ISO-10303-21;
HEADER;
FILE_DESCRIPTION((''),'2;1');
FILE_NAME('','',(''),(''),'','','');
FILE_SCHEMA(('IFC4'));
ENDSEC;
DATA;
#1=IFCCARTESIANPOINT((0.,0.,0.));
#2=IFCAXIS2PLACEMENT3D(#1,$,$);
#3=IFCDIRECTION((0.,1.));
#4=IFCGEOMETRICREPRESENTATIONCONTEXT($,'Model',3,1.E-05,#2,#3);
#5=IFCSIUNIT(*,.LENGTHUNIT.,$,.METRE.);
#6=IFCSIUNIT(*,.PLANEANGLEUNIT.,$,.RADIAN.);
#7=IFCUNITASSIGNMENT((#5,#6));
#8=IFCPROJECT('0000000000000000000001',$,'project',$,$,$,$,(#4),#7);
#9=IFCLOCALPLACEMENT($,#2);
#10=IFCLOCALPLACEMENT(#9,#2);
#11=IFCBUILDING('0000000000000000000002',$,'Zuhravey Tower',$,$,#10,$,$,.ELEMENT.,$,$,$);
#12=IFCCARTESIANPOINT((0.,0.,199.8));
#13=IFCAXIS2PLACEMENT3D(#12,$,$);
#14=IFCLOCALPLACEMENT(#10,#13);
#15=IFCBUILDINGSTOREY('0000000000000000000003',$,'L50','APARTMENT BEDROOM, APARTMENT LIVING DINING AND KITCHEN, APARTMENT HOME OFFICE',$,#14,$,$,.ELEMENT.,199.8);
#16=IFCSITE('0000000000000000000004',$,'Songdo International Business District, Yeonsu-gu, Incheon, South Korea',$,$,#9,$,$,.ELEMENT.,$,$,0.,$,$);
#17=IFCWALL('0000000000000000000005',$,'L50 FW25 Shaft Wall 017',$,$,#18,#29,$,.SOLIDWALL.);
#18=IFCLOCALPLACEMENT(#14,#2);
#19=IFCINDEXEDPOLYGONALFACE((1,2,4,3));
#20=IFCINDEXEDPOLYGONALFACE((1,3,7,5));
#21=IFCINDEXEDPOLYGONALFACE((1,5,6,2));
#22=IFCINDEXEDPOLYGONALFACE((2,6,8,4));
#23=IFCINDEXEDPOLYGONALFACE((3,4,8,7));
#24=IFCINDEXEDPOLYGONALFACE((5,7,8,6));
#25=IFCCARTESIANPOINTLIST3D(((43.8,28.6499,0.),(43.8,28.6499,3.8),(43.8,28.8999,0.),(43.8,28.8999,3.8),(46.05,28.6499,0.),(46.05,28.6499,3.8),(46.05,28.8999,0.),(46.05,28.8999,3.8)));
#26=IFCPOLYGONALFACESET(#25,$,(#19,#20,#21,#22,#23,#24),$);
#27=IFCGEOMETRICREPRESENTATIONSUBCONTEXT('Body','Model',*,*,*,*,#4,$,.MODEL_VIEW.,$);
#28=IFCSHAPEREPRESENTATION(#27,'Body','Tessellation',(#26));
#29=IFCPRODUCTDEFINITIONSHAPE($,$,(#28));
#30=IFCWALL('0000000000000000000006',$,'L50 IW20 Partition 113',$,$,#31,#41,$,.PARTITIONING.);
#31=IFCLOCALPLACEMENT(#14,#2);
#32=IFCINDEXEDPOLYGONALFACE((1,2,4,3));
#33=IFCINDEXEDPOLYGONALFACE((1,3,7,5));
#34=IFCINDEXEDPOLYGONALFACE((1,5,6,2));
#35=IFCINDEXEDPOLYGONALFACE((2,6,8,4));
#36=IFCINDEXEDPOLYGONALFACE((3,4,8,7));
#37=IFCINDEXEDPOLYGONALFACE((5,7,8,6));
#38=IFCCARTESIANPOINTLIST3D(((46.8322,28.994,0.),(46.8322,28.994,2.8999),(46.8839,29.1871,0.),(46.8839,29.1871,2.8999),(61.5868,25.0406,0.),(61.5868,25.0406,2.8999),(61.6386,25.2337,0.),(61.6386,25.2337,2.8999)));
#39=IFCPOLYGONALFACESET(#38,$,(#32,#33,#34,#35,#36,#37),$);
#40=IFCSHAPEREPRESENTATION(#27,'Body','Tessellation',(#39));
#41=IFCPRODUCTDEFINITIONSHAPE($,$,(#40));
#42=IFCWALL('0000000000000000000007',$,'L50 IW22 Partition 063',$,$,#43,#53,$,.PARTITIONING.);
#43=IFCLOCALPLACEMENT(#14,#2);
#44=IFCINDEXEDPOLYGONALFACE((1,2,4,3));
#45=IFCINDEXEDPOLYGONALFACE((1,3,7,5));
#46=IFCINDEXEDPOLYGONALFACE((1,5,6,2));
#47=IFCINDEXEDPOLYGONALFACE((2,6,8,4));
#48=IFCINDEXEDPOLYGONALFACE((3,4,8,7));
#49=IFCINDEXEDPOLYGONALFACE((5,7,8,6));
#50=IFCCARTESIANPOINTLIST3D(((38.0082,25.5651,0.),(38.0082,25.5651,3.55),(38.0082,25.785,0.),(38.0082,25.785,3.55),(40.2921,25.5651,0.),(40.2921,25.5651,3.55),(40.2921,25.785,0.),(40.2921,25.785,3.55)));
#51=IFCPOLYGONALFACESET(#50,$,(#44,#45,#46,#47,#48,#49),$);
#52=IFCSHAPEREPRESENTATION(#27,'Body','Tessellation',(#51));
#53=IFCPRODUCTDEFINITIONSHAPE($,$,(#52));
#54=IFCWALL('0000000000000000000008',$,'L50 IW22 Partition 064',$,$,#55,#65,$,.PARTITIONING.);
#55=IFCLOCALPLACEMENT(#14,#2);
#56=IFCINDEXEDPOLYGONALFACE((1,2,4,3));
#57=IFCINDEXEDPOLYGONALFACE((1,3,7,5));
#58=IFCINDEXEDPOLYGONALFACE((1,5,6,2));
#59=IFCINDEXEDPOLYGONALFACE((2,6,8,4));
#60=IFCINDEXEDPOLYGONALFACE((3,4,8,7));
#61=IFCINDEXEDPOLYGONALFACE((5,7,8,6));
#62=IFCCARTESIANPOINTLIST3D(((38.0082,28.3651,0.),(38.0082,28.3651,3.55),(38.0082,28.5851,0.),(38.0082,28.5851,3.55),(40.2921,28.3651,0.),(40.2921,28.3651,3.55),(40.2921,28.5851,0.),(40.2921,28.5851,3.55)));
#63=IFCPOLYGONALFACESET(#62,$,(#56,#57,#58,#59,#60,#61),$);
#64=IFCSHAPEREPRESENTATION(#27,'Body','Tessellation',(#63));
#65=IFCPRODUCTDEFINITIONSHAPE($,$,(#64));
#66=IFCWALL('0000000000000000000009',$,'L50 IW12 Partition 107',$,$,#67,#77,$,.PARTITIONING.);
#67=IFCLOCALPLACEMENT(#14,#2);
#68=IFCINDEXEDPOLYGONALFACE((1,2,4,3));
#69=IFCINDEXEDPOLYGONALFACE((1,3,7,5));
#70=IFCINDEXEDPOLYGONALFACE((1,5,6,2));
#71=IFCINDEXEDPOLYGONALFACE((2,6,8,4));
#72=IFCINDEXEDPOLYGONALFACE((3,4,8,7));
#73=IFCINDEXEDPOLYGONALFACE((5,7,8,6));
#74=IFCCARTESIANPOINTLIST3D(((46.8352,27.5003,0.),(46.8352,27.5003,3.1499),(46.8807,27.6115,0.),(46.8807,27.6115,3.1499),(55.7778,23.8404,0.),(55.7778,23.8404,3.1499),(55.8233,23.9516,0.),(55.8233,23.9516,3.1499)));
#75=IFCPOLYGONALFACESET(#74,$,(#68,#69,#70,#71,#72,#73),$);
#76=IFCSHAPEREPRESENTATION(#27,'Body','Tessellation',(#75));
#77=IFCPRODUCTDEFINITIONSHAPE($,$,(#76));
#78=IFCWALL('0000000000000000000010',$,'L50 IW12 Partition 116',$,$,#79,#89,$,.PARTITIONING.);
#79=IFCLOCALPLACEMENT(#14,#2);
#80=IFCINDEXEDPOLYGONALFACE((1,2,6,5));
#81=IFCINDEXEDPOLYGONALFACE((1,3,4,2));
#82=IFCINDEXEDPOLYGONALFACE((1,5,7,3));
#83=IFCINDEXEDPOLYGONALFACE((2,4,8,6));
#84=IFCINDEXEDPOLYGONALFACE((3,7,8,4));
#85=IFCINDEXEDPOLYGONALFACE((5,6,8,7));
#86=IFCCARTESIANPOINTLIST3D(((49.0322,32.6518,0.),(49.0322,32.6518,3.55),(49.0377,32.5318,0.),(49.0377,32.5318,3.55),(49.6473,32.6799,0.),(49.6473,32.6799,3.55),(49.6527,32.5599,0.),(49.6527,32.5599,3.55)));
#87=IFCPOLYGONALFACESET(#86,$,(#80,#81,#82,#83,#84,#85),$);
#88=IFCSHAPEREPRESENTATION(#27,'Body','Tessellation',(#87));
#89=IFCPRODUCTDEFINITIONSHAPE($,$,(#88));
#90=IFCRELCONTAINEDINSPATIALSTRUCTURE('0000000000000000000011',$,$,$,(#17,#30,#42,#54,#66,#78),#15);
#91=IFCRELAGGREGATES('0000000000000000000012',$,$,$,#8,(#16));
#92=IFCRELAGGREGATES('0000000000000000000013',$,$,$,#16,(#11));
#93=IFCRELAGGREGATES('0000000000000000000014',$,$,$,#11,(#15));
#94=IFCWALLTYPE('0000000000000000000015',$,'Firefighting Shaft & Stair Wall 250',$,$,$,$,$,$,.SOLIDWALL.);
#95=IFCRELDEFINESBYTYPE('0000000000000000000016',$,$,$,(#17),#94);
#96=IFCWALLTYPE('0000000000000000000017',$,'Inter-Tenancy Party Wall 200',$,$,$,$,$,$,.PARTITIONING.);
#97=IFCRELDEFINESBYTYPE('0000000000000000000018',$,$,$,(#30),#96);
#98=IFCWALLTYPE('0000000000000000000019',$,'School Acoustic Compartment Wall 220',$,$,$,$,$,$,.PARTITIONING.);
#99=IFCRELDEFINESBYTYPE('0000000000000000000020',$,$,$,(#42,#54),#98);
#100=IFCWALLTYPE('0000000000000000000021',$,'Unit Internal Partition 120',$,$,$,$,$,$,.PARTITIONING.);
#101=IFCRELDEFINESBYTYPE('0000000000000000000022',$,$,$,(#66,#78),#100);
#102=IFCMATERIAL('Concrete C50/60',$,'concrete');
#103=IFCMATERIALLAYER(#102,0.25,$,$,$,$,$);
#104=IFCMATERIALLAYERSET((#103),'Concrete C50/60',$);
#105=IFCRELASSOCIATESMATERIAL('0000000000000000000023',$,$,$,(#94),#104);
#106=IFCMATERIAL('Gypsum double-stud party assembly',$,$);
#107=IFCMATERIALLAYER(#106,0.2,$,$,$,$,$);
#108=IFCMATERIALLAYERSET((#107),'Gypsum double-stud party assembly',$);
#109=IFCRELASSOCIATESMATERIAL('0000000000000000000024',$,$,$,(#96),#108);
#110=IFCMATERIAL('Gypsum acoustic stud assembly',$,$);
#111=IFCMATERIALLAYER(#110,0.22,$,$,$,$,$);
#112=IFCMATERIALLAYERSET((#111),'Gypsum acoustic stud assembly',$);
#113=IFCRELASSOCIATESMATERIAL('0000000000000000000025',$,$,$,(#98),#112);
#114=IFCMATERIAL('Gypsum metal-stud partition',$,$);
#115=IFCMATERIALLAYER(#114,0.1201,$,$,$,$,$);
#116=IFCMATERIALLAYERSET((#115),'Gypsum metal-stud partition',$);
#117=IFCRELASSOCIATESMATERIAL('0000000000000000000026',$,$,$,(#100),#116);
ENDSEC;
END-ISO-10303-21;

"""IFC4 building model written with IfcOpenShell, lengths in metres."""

from ifc_helpers import new_model, si_unit, direction, frame, frame_2d, origin, place, context, subcontext, project, spatial, rectangle, extrude, material, layer, layer_set, type_object, element, save


model = new_model("IFC4")

# Units and contexts
model_context = context("Model", 3, precision=1e-05, world=origin(), true_north=direction((0.0, 1.0)))
body_context = subcontext(model_context, "Body", "Model", "MODEL_VIEW")
ifc_project = project(units=[si_unit("LENGTHUNIT", "METRE"), si_unit("PLANEANGLEUNIT", "RADIAN")], contexts=[model_context])

# Site, building, storey
site_placement = place(None, origin())
site = spatial("IfcSite", under=ifc_project, at=site_placement, Name="Songdo International Business District, Yeonsu-gu, Incheon, South Korea", CompositionType="ELEMENT", RefElevation=0.0)
building_placement = place(site_placement, origin())
building = spatial("IfcBuilding", under=site, at=building_placement, Name="Zuhravey Tower", CompositionType="ELEMENT")
storey_placement = place(building_placement, frame((0.0, 0.0, 199.8)))
storey = spatial("IfcBuildingStorey", under=building, at=storey_placement, Name="L50", Description="APARTMENT BEDROOM, APARTMENT LIVING DINING AND KITCHEN, APARTMENT HOME OFFICE", CompositionType="ELEMENT", Elevation=199.8)

# Shared definitions
ifc_material_1 = material(Name="Concrete C50/60", Category="concrete")
ifc_layer_1 = layer(ifc_material_1, 0.25)
ifc_layer_set_1 = layer_set([ifc_layer_1], Name="Concrete C50/60")
wall_type_1 = type_object("IfcWallType", Name="Firefighting Shaft & Stair Wall 250", PredefinedType="SOLIDWALL", material=ifc_layer_set_1)

# Walls
for number, where, z_axis, x_axis, name in (
    (1, (43.8, 28.7749, 0.0), (0.0, 0.0, 1.0), (1.0, 0.0, 0.0), "L50 FW25 Shaft Wall 017"),
):
    element("IfcWall", number, at=place(storey_placement, frame(where, z_axis=z_axis, x_axis=x_axis)), inside=storey, type_object=wall_type_1, Name=name, PredefinedType="SOLIDWALL", context=body_context, shape_type="SweptSolid", body=[
        extrude(rectangle(XDim=2.25, YDim=0.25, at=frame_2d((1.125, 0.0))), origin(), (0.0, 0.0, 1.0), 3.8),
    ])
ifc_material_2 = material(Name="Gypsum double-stud party assembly")
ifc_layer_2 = layer(ifc_material_2, 0.2)
ifc_layer_set_2 = layer_set([ifc_layer_2], Name="Gypsum double-stud party assembly")
wall_type_2 = type_object("IfcWallType", Name="Inter-Tenancy Party Wall 200", PredefinedType="PARTITIONING", material=ifc_layer_set_2)
wall_1_placement = place(storey_placement, frame((46.8579, 29.0906, 0.0), z_axis=(0.0, 0.0, 1.0), x_axis=(0.965928, -0.258811, 0.0)))
element("IfcWall", 2, at=wall_1_placement, inside=storey, type_object=wall_type_2, Name="L50 IW20 Partition 113", PredefinedType="PARTITIONING", context=body_context, shape_type="SweptSolid", body=[
    extrude(rectangle(XDim=15.2751, YDim=0.2, at=frame_2d((7.6377, 0.0))), origin(), (0.0, 0.0, 1.0), 2.8999),
])
ifc_material_3 = material(Name="Gypsum acoustic stud assembly")
ifc_layer_3 = layer(ifc_material_3, 0.22)
ifc_layer_set_3 = layer_set([ifc_layer_3], Name="Gypsum acoustic stud assembly")
wall_type_3 = type_object("IfcWallType", Name="School Acoustic Compartment Wall 220", PredefinedType="PARTITIONING", material=ifc_layer_set_3)
for number, where, z_axis, x_axis, name in (
    (3, (38.0081, 25.675, 0.0), (0.0, 0.0, 1.0), (1.0, 0.0, 0.0), "L50 IW22 Partition 063"),
    (4, (38.0081, 28.4751, 0.0), (0.0, 0.0, 1.0), (1.0, 0.0, 0.0), "L50 IW22 Partition 064"),
):
    element("IfcWall", number, at=place(storey_placement, frame(where, z_axis=z_axis, x_axis=x_axis)), inside=storey, type_object=wall_type_3, Name=name, PredefinedType="PARTITIONING", context=body_context, shape_type="SweptSolid", body=[
        extrude(rectangle(XDim=2.2839, YDim=0.22, at=frame_2d((1.1421, 0.0))), origin(), (0.0, 0.0, 1.0), 3.55),
    ])
ifc_material_4 = material(Name="Gypsum metal-stud partition")
ifc_layer_4 = layer(ifc_material_4, 0.1201)
ifc_layer_set_4 = layer_set([ifc_layer_4], Name="Gypsum metal-stud partition")
wall_type_4 = type_object("IfcWallType", Name="Unit Internal Partition 120", PredefinedType="PARTITIONING", material=ifc_layer_set_4)
wall_2_placement = place(storey_placement, frame((46.8579, 27.5559, 0.0), z_axis=(0.0, 0.0, 1.0), x_axis=(0.92549, -0.378772, 0.0)))
element("IfcWall", 5, at=wall_2_placement, inside=storey, type_object=wall_type_4, Name="L50 IW12 Partition 107", PredefinedType="PARTITIONING", context=body_context, shape_type="SweptSolid", body=[
    extrude(rectangle(XDim=9.6626, YDim=0.1201, at=frame_2d((4.8313, 0.0))), origin(), (0.0, 0.0, 1.0), 3.1499),
])
wall_3_placement = place(storey_placement, frame((49.0349, 32.5918, 0.0), z_axis=(0.0, 0.0, 1.0), x_axis=(0.99896, 0.045606, 0.0)))
element("IfcWall", 6, at=wall_3_placement, inside=storey, type_object=wall_type_4, Name="L50 IW12 Partition 116", PredefinedType="PARTITIONING", context=body_context, shape_type="SweptSolid", body=[
    extrude(rectangle(XDim=0.6157, YDim=0.1201, at=frame_2d((0.3079, 0.0))), origin(), (0.0, 0.0, 1.0), 3.55),
])

save(model, "model.ifc")
